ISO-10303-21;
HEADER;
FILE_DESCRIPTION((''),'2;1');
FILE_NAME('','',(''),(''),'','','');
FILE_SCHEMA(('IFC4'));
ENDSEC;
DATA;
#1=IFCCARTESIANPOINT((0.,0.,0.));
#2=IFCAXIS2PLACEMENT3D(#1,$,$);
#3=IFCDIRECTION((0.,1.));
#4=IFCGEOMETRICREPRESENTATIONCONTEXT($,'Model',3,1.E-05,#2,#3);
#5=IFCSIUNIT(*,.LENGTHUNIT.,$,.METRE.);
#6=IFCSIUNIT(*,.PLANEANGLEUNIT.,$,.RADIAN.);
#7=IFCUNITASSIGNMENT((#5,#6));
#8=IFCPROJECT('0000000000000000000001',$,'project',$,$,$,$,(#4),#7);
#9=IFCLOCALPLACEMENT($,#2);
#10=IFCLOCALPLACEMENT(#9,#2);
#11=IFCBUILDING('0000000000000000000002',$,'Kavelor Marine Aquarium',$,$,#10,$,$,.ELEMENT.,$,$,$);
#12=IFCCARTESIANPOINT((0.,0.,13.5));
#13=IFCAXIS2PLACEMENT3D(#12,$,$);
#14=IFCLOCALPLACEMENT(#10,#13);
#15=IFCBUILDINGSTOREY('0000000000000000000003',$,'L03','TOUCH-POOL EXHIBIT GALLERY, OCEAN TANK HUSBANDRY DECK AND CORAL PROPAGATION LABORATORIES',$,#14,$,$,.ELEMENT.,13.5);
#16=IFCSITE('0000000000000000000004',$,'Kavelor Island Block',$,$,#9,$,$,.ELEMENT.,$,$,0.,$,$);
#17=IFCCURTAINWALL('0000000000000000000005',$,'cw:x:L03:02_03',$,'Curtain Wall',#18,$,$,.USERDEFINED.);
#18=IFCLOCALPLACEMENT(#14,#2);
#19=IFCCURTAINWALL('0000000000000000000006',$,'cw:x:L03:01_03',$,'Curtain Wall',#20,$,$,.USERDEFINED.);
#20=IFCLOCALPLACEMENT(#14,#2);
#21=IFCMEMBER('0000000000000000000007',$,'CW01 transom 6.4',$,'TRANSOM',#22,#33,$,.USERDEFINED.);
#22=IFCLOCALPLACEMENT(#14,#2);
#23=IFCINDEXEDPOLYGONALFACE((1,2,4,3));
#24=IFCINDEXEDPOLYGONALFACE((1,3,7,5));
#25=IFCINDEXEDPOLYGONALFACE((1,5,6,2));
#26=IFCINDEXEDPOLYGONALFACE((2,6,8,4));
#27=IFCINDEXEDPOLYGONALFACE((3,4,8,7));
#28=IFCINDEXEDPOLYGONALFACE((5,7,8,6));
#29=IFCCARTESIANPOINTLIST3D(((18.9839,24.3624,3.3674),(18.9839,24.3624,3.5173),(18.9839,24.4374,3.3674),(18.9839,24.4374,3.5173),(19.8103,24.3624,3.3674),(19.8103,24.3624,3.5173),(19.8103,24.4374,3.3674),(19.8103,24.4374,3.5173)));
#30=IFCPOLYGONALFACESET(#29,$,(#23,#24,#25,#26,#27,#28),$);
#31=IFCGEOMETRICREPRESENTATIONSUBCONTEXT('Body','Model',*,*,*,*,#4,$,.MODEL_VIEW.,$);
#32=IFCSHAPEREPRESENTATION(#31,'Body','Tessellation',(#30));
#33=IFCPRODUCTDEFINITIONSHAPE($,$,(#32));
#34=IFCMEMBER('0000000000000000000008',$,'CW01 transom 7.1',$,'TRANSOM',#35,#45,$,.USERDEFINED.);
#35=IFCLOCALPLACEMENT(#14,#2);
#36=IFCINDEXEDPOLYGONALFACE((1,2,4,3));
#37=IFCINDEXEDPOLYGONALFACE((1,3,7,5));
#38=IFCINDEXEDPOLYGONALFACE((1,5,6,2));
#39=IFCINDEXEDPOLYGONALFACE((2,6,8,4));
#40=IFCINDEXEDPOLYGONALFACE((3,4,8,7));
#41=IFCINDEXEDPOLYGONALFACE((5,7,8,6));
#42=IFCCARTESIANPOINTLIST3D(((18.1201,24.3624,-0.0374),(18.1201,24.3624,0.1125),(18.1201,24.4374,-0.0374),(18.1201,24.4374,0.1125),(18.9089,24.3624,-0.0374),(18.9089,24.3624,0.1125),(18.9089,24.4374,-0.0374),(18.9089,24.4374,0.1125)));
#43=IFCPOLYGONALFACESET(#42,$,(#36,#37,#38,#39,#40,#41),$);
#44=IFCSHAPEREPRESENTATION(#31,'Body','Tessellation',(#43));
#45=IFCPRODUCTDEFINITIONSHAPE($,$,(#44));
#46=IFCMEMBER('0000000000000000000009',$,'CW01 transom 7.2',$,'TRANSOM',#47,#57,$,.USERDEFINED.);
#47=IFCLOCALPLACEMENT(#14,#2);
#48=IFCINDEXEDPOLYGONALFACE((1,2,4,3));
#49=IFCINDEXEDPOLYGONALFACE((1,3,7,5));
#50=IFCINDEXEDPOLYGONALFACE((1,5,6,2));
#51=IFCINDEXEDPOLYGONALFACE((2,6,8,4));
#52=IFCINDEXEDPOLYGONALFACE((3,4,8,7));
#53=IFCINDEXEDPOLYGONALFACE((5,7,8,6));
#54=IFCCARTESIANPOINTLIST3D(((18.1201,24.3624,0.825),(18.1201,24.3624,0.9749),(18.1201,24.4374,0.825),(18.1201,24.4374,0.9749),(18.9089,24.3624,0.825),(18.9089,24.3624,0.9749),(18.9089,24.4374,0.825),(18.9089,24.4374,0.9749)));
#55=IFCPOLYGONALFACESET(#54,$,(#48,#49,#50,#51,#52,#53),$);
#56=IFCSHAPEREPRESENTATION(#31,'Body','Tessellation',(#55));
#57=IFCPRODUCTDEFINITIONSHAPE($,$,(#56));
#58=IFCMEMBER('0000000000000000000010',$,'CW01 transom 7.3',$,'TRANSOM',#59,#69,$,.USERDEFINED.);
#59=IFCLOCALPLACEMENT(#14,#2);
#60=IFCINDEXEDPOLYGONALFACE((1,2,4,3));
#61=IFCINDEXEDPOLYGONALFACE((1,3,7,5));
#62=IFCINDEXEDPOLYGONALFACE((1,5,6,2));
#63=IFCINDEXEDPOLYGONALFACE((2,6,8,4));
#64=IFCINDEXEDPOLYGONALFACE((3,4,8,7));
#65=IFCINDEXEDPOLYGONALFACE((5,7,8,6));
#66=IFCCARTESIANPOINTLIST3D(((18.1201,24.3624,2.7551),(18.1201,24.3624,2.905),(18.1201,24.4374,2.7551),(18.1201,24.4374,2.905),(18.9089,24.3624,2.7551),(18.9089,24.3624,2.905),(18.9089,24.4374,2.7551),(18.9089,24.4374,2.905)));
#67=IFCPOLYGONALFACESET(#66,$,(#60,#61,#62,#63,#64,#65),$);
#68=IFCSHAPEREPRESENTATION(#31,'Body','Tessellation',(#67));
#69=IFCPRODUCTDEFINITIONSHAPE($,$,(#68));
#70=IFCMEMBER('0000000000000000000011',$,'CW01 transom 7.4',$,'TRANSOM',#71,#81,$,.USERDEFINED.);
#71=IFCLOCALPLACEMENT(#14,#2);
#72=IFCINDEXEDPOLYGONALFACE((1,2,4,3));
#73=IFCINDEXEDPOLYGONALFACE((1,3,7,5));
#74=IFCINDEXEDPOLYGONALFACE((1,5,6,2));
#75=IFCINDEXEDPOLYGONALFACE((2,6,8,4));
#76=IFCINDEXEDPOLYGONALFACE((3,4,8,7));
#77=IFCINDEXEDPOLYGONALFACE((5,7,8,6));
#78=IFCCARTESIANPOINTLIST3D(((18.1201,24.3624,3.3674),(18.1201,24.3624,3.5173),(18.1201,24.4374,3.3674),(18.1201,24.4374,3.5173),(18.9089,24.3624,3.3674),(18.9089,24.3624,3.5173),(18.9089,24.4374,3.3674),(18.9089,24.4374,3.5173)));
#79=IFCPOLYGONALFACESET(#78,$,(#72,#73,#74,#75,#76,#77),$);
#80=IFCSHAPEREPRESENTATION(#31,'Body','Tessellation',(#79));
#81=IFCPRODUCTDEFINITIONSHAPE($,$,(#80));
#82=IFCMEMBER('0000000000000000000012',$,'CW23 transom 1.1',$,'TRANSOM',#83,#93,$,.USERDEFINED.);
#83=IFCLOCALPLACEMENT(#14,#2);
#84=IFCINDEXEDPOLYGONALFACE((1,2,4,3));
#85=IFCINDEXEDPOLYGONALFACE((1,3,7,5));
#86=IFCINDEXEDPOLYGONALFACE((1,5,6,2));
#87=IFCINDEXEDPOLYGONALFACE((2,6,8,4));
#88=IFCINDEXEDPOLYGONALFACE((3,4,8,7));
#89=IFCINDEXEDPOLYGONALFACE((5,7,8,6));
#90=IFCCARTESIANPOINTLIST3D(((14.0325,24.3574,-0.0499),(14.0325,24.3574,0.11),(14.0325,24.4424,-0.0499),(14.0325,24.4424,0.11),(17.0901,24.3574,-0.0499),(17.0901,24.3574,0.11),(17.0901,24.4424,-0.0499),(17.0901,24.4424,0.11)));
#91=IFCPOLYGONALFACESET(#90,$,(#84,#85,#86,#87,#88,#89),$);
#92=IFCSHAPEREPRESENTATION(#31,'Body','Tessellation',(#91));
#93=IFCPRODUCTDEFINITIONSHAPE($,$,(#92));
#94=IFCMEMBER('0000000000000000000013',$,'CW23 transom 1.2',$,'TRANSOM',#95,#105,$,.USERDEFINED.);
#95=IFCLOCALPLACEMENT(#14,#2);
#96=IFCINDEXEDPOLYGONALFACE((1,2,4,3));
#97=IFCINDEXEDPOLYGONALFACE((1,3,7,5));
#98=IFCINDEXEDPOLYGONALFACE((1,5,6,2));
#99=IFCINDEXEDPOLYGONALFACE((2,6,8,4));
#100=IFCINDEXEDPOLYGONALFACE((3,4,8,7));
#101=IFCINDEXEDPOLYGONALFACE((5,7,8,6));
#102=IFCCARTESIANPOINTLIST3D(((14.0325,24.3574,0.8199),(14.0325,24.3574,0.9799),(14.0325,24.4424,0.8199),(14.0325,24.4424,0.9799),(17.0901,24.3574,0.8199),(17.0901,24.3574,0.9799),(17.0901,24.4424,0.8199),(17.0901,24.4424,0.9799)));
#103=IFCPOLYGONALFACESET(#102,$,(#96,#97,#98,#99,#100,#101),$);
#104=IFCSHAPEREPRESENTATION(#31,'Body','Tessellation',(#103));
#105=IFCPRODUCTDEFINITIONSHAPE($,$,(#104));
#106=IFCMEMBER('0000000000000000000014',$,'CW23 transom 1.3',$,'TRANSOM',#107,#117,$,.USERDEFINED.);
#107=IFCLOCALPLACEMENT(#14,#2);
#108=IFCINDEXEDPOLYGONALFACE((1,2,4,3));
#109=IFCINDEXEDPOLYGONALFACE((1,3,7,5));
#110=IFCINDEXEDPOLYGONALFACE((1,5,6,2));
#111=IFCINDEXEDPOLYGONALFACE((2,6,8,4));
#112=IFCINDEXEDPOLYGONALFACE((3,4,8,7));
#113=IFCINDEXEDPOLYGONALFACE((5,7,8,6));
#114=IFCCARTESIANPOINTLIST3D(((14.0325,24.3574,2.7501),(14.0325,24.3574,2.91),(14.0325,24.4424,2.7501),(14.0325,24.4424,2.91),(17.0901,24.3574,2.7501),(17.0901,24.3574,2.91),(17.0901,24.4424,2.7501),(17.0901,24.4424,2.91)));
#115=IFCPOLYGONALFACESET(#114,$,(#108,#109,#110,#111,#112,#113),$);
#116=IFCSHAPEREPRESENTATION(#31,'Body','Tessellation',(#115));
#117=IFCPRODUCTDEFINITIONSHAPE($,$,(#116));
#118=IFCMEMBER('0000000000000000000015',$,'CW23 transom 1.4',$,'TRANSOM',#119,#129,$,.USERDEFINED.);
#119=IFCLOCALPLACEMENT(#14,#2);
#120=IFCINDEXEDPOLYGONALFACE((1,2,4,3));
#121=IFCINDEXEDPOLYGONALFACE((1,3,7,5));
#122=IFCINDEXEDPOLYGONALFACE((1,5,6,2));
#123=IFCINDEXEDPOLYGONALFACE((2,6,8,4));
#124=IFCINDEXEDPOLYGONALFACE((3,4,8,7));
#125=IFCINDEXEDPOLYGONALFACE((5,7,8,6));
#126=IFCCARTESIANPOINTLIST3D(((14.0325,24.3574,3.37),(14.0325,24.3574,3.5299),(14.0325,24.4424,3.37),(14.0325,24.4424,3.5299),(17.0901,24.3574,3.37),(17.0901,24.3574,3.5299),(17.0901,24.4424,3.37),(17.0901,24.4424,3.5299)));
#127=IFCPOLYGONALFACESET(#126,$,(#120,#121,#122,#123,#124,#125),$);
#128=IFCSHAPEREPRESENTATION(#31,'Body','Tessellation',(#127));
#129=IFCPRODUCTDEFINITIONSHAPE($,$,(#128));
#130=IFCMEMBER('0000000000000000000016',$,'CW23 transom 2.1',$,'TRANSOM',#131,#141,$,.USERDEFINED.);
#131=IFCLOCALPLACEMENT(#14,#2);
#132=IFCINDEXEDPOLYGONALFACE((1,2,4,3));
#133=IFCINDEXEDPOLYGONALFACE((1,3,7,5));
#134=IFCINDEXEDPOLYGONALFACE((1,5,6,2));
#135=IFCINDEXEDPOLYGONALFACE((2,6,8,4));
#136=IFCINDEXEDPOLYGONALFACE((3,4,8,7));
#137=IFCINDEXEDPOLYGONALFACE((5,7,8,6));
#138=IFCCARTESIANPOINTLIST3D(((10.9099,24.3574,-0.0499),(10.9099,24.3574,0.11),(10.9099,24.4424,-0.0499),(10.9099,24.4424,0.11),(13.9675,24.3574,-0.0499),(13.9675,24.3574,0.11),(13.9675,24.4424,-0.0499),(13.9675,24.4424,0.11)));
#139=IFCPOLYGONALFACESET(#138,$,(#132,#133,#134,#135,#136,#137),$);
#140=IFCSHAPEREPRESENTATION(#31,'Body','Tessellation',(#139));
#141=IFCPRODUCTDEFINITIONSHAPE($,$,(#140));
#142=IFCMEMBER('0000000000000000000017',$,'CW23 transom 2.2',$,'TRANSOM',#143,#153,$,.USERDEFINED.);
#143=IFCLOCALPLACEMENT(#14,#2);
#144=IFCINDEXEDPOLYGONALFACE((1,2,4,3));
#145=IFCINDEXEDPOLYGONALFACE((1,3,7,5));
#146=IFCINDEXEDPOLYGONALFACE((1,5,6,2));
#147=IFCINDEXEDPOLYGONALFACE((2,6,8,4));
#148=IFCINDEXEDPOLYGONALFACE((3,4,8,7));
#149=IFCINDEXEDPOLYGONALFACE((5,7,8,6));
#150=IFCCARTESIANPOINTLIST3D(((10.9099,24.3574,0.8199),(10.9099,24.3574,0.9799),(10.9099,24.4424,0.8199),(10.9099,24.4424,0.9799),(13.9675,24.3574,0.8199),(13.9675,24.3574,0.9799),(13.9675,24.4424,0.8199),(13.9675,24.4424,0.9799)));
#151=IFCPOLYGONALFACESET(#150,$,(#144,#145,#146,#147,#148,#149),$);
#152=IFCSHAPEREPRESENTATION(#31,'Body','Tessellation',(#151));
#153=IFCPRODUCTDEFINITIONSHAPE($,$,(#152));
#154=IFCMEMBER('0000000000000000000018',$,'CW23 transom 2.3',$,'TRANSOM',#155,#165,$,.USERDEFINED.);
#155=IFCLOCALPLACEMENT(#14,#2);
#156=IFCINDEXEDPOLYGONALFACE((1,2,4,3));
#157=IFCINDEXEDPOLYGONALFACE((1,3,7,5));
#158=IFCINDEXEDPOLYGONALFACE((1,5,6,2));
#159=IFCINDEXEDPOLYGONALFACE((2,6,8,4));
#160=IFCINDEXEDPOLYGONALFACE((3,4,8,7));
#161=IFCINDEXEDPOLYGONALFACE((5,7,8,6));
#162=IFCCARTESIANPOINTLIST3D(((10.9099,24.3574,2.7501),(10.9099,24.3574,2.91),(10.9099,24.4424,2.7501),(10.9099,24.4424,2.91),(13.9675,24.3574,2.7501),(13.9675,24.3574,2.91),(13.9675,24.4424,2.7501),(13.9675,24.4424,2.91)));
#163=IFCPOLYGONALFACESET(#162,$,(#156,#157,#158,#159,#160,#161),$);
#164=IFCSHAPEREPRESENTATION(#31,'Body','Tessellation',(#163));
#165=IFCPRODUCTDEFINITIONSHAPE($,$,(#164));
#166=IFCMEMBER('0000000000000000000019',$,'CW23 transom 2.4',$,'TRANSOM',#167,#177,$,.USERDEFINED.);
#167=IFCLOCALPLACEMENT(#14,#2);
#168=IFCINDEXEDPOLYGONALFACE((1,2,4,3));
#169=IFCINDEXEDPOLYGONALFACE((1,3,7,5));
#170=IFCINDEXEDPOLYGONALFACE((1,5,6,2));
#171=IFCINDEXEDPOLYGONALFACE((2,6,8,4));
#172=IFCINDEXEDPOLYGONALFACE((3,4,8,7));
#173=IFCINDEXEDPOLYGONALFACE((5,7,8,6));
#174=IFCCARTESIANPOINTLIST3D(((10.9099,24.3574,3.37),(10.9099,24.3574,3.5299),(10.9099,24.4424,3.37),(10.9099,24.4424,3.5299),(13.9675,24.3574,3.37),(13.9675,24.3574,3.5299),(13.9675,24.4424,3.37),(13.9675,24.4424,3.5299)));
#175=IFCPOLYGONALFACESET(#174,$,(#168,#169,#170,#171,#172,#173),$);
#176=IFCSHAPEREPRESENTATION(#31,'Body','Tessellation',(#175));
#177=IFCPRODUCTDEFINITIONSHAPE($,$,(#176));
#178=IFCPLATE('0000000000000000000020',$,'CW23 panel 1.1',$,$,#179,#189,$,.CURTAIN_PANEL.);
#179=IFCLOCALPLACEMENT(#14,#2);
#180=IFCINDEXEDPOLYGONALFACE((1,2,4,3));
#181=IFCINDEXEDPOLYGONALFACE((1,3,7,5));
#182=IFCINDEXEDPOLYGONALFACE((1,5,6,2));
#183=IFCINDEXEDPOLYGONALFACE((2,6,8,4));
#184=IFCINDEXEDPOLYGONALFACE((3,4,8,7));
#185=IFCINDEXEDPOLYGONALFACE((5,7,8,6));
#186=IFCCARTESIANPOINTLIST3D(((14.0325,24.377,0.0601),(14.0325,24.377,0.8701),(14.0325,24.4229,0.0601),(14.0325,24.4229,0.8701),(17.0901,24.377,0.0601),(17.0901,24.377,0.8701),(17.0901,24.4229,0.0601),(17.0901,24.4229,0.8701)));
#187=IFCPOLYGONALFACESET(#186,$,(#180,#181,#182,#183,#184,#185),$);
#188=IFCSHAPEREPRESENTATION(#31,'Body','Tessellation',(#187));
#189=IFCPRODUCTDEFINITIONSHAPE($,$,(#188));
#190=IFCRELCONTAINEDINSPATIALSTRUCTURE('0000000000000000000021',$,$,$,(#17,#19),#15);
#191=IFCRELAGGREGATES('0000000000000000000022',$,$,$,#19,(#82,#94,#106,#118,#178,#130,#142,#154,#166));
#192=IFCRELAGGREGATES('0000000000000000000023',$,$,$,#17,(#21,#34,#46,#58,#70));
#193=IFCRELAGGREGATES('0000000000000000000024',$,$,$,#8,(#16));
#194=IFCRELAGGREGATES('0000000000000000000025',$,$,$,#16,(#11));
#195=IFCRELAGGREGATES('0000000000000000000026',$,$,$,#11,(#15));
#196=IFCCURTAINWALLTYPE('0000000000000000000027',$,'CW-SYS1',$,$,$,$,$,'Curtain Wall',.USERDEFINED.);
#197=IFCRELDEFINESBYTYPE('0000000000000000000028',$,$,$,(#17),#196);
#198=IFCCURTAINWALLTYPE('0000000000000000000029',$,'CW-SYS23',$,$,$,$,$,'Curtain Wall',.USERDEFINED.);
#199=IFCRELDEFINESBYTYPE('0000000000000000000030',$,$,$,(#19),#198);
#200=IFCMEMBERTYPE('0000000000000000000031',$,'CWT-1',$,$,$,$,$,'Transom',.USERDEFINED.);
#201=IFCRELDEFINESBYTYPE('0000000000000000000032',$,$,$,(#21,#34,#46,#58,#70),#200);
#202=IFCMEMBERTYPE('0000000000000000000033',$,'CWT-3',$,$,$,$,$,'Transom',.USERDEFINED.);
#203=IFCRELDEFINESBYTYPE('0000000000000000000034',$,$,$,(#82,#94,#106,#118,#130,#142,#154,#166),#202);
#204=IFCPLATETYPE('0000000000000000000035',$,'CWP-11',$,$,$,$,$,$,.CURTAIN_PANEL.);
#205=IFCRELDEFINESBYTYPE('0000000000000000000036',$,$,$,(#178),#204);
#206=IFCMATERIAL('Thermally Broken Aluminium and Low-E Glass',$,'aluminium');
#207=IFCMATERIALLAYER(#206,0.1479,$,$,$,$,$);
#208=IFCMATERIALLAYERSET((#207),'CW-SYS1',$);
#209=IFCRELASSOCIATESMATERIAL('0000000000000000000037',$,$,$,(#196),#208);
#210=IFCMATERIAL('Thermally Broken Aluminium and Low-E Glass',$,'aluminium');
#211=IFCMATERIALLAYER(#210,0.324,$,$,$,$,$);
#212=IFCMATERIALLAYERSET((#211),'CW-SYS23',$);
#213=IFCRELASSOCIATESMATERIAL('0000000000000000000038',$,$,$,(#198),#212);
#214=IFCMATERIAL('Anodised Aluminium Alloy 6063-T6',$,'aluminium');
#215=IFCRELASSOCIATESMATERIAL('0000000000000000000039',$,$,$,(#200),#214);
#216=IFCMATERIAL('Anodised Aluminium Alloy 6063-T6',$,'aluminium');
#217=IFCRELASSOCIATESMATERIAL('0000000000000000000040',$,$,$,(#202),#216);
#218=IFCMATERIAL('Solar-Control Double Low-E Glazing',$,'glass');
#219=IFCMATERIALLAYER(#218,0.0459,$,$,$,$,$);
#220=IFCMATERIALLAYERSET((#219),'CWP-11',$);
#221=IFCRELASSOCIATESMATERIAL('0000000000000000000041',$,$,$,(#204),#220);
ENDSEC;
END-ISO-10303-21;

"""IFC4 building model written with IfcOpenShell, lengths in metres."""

from ifc_helpers import new_model, si_unit, direction, frame, origin, origin_2d, place, context, subcontext, project, spatial, rectangle, extrude, material, layer, layer_set, material_profile, profile_set, type_object, element, aggregate, save


model = new_model("IFC4")

# Units and contexts
model_context = context("Model", 3, precision=1e-05, world=origin(), true_north=direction((0.0, 1.0)))
body_context = subcontext(model_context, "Body", "Model", "MODEL_VIEW")
ifc_project = project(units=[si_unit("LENGTHUNIT", "METRE"), si_unit("PLANEANGLEUNIT", "RADIAN")], contexts=[model_context])

# Site, building, storey
site_placement = place(None, origin())
site = spatial("IfcSite", under=ifc_project, at=site_placement, Name="Kavelor Island Block", CompositionType="ELEMENT", RefElevation=0.0)
building_placement = place(site_placement, origin())
building = spatial("IfcBuilding", under=site, at=building_placement, Name="Kavelor Marine Aquarium", CompositionType="ELEMENT")
storey_placement = place(building_placement, frame((0.0, 0.0, 13.5)))
storey = spatial("IfcBuildingStorey", under=building, at=storey_placement, Name="L03", Description="TOUCH-POOL EXHIBIT GALLERY, OCEAN TANK HUSBANDRY DECK AND CORAL PROPAGATION LABORATORIES", CompositionType="ELEMENT", Elevation=13.5)

# Curtain walls
ifc_material_1 = material(Name="Thermally Broken Aluminium and Low-E Glass", Category="aluminium")
ifc_layer_1 = layer(ifc_material_1, 0.1479)
ifc_layer_set_1 = layer_set([ifc_layer_1], Name="CW-SYS1")
curtain_wall_type_1 = type_object("IfcCurtainWallType", Name="CW-SYS1", ElementType="Curtain Wall", PredefinedType="USERDEFINED", material=ifc_layer_set_1)
curtain_wall_1_placement = place(storey_placement, origin())
curtain_wall_1 = element("IfcCurtainWall", 1, at=curtain_wall_1_placement, inside=storey, type_object=curtain_wall_type_1, Name="cw:x:L03:02_03", ObjectType="Curtain Wall", PredefinedType="USERDEFINED")
ifc_material_2 = material(Name="Thermally Broken Aluminium and Low-E Glass", Category="aluminium")
ifc_layer_2 = layer(ifc_material_2, 0.324)
ifc_layer_set_2 = layer_set([ifc_layer_2], Name="CW-SYS23")
curtain_wall_type_2 = type_object("IfcCurtainWallType", Name="CW-SYS23", ElementType="Curtain Wall", PredefinedType="USERDEFINED", material=ifc_layer_set_2)
curtain_wall_2_placement = place(storey_placement, origin())
curtain_wall_2 = element("IfcCurtainWall", 2, at=curtain_wall_2_placement, inside=storey, type_object=curtain_wall_type_2, Name="cw:x:L03:01_03", ObjectType="Curtain Wall", PredefinedType="USERDEFINED")

# Members
ifc_material_3 = material(Name="Anodised Aluminium Alloy 6063-T6", Category="aluminium")
ifc_material_profile_1 = material_profile(ifc_material_3, rectangle(XDim=0.075, YDim=0.1499, at=origin_2d()), Name="CW-TRN 75x150")
ifc_profile_set_1 = profile_set([ifc_material_profile_1], Name="Anodised Aluminium Alloy 6063-T6")
member_type_1 = type_object("IfcMemberType", Name="CWT-1", ElementType="Transom", PredefinedType="USERDEFINED", material=ifc_profile_set_1)
member_1_placement = place(storey_placement, frame((19.8103, 24.3999, 3.4424), z_axis=(-1.0, 0.0, 0.0), x_axis=(0.0, -1.0, 0.0)))
member_1 = element("IfcMember", 3, at=member_1_placement, type_object=member_type_1, Name="CW01 transom 6.4", ObjectType="TRANSOM", PredefinedType="USERDEFINED", context=body_context, shape_type="SweptSolid", body=[
    extrude(rectangle(XDim=0.075, YDim=0.1499, at=origin_2d()), origin(), (0.0, 0.0, 1.0), 0.8264),
])
member_2_placement = place(storey_placement, frame((18.9089, 24.3999, 0.0376), z_axis=(-1.0, 0.0, 0.0), x_axis=(0.0, -1.0, 0.0)))
member_2 = element("IfcMember", 4, at=member_2_placement, type_object=member_type_1, Name="CW01 transom 7.1", ObjectType="TRANSOM", PredefinedType="USERDEFINED", context=body_context, shape_type="SweptSolid", body=[
    extrude(rectangle(XDim=0.075, YDim=0.1499, at=origin_2d()), origin(), (0.0, 0.0, 1.0), 0.7888),
])
member_3_placement = place(storey_placement, frame((18.9089, 24.3999, 0.8999), z_axis=(-1.0, 0.0, 0.0), x_axis=(0.0, -1.0, 0.0)))
member_3 = element("IfcMember", 5, at=member_3_placement, type_object=member_type_1, Name="CW01 transom 7.2", ObjectType="TRANSOM", PredefinedType="USERDEFINED", context=body_context, shape_type="SweptSolid", body=[
    extrude(rectangle(XDim=0.075, YDim=0.1499, at=origin_2d()), origin(), (0.0, 0.0, 1.0), 0.7888),
])
member_4_placement = place(storey_placement, frame((18.9089, 24.3999, 2.8301), z_axis=(-1.0, 0.0, 0.0), x_axis=(0.0, -1.0, 0.0)))
member_4 = element("IfcMember", 6, at=member_4_placement, type_object=member_type_1, Name="CW01 transom 7.3", ObjectType="TRANSOM", PredefinedType="USERDEFINED", context=body_context, shape_type="SweptSolid", body=[
    extrude(rectangle(XDim=0.075, YDim=0.1499, at=origin_2d()), origin(), (0.0, 0.0, 1.0), 0.7888),
])
member_5_placement = place(storey_placement, frame((18.9089, 24.3999, 3.4424), z_axis=(-1.0, 0.0, 0.0), x_axis=(0.0, -1.0, 0.0)))
member_5 = element("IfcMember", 7, at=member_5_placement, type_object=member_type_1, Name="CW01 transom 7.4", ObjectType="TRANSOM", PredefinedType="USERDEFINED", context=body_context, shape_type="SweptSolid", body=[
    extrude(rectangle(XDim=0.075, YDim=0.1499, at=origin_2d()), origin(), (0.0, 0.0, 1.0), 0.7888),
])
ifc_material_4 = material(Name="Anodised Aluminium Alloy 6063-T6", Category="aluminium")
ifc_material_profile_2 = material_profile(ifc_material_4, rectangle(XDim=0.085, YDim=0.1599, at=origin_2d()), Name="CW-TRN 85x160")
ifc_profile_set_2 = profile_set([ifc_material_profile_2], Name="Anodised Aluminium Alloy 6063-T6")
member_type_2 = type_object("IfcMemberType", Name="CWT-3", ElementType="Transom", PredefinedType="USERDEFINED", material=ifc_profile_set_2)
member_6_placement = place(storey_placement, frame((17.0901, 24.3999, 0.03), z_axis=(-1.0, 0.0, 0.0), x_axis=(0.0, -1.0, 0.0)))
member_6 = element("IfcMember", 8, at=member_6_placement, type_object=member_type_2, Name="CW23 transom 1.1", ObjectType="TRANSOM", PredefinedType="USERDEFINED", context=body_context, shape_type="SweptSolid", body=[
    extrude(rectangle(XDim=0.085, YDim=0.1599, at=origin_2d()), origin(), (0.0, 0.0, 1.0), 3.0576),
])
member_7_placement = place(storey_placement, frame((17.0901, 24.3999, 0.8999), z_axis=(-1.0, 0.0, 0.0), x_axis=(0.0, -1.0, 0.0)))
member_7 = element("IfcMember", 9, at=member_7_placement, type_object=member_type_2, Name="CW23 transom 1.2", ObjectType="TRANSOM", PredefinedType="USERDEFINED", context=body_context, shape_type="SweptSolid", body=[
    extrude(rectangle(XDim=0.085, YDim=0.1599, at=origin_2d()), origin(), (0.0, 0.0, 1.0), 3.0576),
])
member_8_placement = place(storey_placement, frame((17.0901, 24.3999, 2.8301), z_axis=(-1.0, 0.0, 0.0), x_axis=(0.0, -1.0, 0.0)))
member_8 = element("IfcMember", 10, at=member_8_placement, type_object=member_type_2, Name="CW23 transom 1.3", ObjectType="TRANSOM", PredefinedType="USERDEFINED", context=body_context, shape_type="SweptSolid", body=[
    extrude(rectangle(XDim=0.085, YDim=0.1599, at=origin_2d()), origin(), (0.0, 0.0, 1.0), 3.0576),
])
member_9_placement = place(storey_placement, frame((17.0901, 24.3999, 3.45), z_axis=(-1.0, 0.0, 0.0), x_axis=(0.0, -1.0, 0.0)))
member_9 = element("IfcMember", 11, at=member_9_placement, type_object=member_type_2, Name="CW23 transom 1.4", ObjectType="TRANSOM", PredefinedType="USERDEFINED", context=body_context, shape_type="SweptSolid", body=[
    extrude(rectangle(XDim=0.085, YDim=0.1599, at=origin_2d()), origin(), (0.0, 0.0, 1.0), 3.0576),
])
member_10_placement = place(storey_placement, frame((13.9675, 24.3999, 0.03), z_axis=(-1.0, 0.0, 0.0), x_axis=(0.0, -1.0, 0.0)))
member_10 = element("IfcMember", 12, at=member_10_placement, type_object=member_type_2, Name="CW23 transom 2.1", ObjectType="TRANSOM", PredefinedType="USERDEFINED", context=body_context, shape_type="SweptSolid", body=[
    extrude(rectangle(XDim=0.085, YDim=0.1599, at=origin_2d()), origin(), (0.0, 0.0, 1.0), 3.0576),
])
member_11_placement = place(storey_placement, frame((13.9675, 24.3999, 0.8999), z_axis=(-1.0, 0.0, 0.0), x_axis=(0.0, -1.0, 0.0)))
member_11 = element("IfcMember", 13, at=member_11_placement, type_object=member_type_2, Name="CW23 transom 2.2", ObjectType="TRANSOM", PredefinedType="USERDEFINED", context=body_context, shape_type="SweptSolid", body=[
    extrude(rectangle(XDim=0.085, YDim=0.1599, at=origin_2d()), origin(), (0.0, 0.0, 1.0), 3.0576),
])
member_12_placement = place(storey_placement, frame((13.9675, 24.3999, 2.8301), z_axis=(-1.0, 0.0, 0.0), x_axis=(0.0, -1.0, 0.0)))
member_12 = element("IfcMember", 14, at=member_12_placement, type_object=member_type_2, Name="CW23 transom 2.3", ObjectType="TRANSOM", PredefinedType="USERDEFINED", context=body_context, shape_type="SweptSolid", body=[
    extrude(rectangle(XDim=0.085, YDim=0.1599, at=origin_2d()), origin(), (0.0, 0.0, 1.0), 3.0576),
])
member_13_placement = place(storey_placement, frame((13.9675, 24.3999, 3.45), z_axis=(-1.0, 0.0, 0.0), x_axis=(0.0, -1.0, 0.0)))
member_13 = element("IfcMember", 15, at=member_13_placement, type_object=member_type_2, Name="CW23 transom 2.4", ObjectType="TRANSOM", PredefinedType="USERDEFINED", context=body_context, shape_type="SweptSolid", body=[
    extrude(rectangle(XDim=0.085, YDim=0.1599, at=origin_2d()), origin(), (0.0, 0.0, 1.0), 3.0576),
])

# Plate
ifc_material_5 = material(Name="Solar-Control Double Low-E Glazing", Category="glass")
ifc_layer_3 = layer(ifc_material_5, 0.0459)
ifc_layer_set_3 = layer_set([ifc_layer_3], Name="CWP-11")
plate_type_1 = type_object("IfcPlateType", Name="CWP-11", PredefinedType="CURTAIN_PANEL", material=ifc_layer_set_3)
plate_1_placement = place(storey_placement, frame((15.5613, 24.3999, 0.0601), z_axis=(0.0, 0.0, 1.0), x_axis=(-1.0, 0.0, 0.0)))
plate_1 = element("IfcPlate", 16, at=plate_1_placement, type_object=plate_type_1, Name="CW23 panel 1.1", PredefinedType="CURTAIN_PANEL", context=body_context, shape_type="SweptSolid", body=[
    extrude(rectangle(XDim=3.0576, YDim=0.0459, at=origin_2d()), origin(), (0.0, 0.0, 1.0), 0.8101),
])
aggregate(curtain_wall_2, [member_6, member_7, member_8, member_9, plate_1, member_10, member_11, member_12, member_13])
aggregate(curtain_wall_1, [member_1, member_2, member_3, member_4, member_5])

save(model, "model.ifc")
